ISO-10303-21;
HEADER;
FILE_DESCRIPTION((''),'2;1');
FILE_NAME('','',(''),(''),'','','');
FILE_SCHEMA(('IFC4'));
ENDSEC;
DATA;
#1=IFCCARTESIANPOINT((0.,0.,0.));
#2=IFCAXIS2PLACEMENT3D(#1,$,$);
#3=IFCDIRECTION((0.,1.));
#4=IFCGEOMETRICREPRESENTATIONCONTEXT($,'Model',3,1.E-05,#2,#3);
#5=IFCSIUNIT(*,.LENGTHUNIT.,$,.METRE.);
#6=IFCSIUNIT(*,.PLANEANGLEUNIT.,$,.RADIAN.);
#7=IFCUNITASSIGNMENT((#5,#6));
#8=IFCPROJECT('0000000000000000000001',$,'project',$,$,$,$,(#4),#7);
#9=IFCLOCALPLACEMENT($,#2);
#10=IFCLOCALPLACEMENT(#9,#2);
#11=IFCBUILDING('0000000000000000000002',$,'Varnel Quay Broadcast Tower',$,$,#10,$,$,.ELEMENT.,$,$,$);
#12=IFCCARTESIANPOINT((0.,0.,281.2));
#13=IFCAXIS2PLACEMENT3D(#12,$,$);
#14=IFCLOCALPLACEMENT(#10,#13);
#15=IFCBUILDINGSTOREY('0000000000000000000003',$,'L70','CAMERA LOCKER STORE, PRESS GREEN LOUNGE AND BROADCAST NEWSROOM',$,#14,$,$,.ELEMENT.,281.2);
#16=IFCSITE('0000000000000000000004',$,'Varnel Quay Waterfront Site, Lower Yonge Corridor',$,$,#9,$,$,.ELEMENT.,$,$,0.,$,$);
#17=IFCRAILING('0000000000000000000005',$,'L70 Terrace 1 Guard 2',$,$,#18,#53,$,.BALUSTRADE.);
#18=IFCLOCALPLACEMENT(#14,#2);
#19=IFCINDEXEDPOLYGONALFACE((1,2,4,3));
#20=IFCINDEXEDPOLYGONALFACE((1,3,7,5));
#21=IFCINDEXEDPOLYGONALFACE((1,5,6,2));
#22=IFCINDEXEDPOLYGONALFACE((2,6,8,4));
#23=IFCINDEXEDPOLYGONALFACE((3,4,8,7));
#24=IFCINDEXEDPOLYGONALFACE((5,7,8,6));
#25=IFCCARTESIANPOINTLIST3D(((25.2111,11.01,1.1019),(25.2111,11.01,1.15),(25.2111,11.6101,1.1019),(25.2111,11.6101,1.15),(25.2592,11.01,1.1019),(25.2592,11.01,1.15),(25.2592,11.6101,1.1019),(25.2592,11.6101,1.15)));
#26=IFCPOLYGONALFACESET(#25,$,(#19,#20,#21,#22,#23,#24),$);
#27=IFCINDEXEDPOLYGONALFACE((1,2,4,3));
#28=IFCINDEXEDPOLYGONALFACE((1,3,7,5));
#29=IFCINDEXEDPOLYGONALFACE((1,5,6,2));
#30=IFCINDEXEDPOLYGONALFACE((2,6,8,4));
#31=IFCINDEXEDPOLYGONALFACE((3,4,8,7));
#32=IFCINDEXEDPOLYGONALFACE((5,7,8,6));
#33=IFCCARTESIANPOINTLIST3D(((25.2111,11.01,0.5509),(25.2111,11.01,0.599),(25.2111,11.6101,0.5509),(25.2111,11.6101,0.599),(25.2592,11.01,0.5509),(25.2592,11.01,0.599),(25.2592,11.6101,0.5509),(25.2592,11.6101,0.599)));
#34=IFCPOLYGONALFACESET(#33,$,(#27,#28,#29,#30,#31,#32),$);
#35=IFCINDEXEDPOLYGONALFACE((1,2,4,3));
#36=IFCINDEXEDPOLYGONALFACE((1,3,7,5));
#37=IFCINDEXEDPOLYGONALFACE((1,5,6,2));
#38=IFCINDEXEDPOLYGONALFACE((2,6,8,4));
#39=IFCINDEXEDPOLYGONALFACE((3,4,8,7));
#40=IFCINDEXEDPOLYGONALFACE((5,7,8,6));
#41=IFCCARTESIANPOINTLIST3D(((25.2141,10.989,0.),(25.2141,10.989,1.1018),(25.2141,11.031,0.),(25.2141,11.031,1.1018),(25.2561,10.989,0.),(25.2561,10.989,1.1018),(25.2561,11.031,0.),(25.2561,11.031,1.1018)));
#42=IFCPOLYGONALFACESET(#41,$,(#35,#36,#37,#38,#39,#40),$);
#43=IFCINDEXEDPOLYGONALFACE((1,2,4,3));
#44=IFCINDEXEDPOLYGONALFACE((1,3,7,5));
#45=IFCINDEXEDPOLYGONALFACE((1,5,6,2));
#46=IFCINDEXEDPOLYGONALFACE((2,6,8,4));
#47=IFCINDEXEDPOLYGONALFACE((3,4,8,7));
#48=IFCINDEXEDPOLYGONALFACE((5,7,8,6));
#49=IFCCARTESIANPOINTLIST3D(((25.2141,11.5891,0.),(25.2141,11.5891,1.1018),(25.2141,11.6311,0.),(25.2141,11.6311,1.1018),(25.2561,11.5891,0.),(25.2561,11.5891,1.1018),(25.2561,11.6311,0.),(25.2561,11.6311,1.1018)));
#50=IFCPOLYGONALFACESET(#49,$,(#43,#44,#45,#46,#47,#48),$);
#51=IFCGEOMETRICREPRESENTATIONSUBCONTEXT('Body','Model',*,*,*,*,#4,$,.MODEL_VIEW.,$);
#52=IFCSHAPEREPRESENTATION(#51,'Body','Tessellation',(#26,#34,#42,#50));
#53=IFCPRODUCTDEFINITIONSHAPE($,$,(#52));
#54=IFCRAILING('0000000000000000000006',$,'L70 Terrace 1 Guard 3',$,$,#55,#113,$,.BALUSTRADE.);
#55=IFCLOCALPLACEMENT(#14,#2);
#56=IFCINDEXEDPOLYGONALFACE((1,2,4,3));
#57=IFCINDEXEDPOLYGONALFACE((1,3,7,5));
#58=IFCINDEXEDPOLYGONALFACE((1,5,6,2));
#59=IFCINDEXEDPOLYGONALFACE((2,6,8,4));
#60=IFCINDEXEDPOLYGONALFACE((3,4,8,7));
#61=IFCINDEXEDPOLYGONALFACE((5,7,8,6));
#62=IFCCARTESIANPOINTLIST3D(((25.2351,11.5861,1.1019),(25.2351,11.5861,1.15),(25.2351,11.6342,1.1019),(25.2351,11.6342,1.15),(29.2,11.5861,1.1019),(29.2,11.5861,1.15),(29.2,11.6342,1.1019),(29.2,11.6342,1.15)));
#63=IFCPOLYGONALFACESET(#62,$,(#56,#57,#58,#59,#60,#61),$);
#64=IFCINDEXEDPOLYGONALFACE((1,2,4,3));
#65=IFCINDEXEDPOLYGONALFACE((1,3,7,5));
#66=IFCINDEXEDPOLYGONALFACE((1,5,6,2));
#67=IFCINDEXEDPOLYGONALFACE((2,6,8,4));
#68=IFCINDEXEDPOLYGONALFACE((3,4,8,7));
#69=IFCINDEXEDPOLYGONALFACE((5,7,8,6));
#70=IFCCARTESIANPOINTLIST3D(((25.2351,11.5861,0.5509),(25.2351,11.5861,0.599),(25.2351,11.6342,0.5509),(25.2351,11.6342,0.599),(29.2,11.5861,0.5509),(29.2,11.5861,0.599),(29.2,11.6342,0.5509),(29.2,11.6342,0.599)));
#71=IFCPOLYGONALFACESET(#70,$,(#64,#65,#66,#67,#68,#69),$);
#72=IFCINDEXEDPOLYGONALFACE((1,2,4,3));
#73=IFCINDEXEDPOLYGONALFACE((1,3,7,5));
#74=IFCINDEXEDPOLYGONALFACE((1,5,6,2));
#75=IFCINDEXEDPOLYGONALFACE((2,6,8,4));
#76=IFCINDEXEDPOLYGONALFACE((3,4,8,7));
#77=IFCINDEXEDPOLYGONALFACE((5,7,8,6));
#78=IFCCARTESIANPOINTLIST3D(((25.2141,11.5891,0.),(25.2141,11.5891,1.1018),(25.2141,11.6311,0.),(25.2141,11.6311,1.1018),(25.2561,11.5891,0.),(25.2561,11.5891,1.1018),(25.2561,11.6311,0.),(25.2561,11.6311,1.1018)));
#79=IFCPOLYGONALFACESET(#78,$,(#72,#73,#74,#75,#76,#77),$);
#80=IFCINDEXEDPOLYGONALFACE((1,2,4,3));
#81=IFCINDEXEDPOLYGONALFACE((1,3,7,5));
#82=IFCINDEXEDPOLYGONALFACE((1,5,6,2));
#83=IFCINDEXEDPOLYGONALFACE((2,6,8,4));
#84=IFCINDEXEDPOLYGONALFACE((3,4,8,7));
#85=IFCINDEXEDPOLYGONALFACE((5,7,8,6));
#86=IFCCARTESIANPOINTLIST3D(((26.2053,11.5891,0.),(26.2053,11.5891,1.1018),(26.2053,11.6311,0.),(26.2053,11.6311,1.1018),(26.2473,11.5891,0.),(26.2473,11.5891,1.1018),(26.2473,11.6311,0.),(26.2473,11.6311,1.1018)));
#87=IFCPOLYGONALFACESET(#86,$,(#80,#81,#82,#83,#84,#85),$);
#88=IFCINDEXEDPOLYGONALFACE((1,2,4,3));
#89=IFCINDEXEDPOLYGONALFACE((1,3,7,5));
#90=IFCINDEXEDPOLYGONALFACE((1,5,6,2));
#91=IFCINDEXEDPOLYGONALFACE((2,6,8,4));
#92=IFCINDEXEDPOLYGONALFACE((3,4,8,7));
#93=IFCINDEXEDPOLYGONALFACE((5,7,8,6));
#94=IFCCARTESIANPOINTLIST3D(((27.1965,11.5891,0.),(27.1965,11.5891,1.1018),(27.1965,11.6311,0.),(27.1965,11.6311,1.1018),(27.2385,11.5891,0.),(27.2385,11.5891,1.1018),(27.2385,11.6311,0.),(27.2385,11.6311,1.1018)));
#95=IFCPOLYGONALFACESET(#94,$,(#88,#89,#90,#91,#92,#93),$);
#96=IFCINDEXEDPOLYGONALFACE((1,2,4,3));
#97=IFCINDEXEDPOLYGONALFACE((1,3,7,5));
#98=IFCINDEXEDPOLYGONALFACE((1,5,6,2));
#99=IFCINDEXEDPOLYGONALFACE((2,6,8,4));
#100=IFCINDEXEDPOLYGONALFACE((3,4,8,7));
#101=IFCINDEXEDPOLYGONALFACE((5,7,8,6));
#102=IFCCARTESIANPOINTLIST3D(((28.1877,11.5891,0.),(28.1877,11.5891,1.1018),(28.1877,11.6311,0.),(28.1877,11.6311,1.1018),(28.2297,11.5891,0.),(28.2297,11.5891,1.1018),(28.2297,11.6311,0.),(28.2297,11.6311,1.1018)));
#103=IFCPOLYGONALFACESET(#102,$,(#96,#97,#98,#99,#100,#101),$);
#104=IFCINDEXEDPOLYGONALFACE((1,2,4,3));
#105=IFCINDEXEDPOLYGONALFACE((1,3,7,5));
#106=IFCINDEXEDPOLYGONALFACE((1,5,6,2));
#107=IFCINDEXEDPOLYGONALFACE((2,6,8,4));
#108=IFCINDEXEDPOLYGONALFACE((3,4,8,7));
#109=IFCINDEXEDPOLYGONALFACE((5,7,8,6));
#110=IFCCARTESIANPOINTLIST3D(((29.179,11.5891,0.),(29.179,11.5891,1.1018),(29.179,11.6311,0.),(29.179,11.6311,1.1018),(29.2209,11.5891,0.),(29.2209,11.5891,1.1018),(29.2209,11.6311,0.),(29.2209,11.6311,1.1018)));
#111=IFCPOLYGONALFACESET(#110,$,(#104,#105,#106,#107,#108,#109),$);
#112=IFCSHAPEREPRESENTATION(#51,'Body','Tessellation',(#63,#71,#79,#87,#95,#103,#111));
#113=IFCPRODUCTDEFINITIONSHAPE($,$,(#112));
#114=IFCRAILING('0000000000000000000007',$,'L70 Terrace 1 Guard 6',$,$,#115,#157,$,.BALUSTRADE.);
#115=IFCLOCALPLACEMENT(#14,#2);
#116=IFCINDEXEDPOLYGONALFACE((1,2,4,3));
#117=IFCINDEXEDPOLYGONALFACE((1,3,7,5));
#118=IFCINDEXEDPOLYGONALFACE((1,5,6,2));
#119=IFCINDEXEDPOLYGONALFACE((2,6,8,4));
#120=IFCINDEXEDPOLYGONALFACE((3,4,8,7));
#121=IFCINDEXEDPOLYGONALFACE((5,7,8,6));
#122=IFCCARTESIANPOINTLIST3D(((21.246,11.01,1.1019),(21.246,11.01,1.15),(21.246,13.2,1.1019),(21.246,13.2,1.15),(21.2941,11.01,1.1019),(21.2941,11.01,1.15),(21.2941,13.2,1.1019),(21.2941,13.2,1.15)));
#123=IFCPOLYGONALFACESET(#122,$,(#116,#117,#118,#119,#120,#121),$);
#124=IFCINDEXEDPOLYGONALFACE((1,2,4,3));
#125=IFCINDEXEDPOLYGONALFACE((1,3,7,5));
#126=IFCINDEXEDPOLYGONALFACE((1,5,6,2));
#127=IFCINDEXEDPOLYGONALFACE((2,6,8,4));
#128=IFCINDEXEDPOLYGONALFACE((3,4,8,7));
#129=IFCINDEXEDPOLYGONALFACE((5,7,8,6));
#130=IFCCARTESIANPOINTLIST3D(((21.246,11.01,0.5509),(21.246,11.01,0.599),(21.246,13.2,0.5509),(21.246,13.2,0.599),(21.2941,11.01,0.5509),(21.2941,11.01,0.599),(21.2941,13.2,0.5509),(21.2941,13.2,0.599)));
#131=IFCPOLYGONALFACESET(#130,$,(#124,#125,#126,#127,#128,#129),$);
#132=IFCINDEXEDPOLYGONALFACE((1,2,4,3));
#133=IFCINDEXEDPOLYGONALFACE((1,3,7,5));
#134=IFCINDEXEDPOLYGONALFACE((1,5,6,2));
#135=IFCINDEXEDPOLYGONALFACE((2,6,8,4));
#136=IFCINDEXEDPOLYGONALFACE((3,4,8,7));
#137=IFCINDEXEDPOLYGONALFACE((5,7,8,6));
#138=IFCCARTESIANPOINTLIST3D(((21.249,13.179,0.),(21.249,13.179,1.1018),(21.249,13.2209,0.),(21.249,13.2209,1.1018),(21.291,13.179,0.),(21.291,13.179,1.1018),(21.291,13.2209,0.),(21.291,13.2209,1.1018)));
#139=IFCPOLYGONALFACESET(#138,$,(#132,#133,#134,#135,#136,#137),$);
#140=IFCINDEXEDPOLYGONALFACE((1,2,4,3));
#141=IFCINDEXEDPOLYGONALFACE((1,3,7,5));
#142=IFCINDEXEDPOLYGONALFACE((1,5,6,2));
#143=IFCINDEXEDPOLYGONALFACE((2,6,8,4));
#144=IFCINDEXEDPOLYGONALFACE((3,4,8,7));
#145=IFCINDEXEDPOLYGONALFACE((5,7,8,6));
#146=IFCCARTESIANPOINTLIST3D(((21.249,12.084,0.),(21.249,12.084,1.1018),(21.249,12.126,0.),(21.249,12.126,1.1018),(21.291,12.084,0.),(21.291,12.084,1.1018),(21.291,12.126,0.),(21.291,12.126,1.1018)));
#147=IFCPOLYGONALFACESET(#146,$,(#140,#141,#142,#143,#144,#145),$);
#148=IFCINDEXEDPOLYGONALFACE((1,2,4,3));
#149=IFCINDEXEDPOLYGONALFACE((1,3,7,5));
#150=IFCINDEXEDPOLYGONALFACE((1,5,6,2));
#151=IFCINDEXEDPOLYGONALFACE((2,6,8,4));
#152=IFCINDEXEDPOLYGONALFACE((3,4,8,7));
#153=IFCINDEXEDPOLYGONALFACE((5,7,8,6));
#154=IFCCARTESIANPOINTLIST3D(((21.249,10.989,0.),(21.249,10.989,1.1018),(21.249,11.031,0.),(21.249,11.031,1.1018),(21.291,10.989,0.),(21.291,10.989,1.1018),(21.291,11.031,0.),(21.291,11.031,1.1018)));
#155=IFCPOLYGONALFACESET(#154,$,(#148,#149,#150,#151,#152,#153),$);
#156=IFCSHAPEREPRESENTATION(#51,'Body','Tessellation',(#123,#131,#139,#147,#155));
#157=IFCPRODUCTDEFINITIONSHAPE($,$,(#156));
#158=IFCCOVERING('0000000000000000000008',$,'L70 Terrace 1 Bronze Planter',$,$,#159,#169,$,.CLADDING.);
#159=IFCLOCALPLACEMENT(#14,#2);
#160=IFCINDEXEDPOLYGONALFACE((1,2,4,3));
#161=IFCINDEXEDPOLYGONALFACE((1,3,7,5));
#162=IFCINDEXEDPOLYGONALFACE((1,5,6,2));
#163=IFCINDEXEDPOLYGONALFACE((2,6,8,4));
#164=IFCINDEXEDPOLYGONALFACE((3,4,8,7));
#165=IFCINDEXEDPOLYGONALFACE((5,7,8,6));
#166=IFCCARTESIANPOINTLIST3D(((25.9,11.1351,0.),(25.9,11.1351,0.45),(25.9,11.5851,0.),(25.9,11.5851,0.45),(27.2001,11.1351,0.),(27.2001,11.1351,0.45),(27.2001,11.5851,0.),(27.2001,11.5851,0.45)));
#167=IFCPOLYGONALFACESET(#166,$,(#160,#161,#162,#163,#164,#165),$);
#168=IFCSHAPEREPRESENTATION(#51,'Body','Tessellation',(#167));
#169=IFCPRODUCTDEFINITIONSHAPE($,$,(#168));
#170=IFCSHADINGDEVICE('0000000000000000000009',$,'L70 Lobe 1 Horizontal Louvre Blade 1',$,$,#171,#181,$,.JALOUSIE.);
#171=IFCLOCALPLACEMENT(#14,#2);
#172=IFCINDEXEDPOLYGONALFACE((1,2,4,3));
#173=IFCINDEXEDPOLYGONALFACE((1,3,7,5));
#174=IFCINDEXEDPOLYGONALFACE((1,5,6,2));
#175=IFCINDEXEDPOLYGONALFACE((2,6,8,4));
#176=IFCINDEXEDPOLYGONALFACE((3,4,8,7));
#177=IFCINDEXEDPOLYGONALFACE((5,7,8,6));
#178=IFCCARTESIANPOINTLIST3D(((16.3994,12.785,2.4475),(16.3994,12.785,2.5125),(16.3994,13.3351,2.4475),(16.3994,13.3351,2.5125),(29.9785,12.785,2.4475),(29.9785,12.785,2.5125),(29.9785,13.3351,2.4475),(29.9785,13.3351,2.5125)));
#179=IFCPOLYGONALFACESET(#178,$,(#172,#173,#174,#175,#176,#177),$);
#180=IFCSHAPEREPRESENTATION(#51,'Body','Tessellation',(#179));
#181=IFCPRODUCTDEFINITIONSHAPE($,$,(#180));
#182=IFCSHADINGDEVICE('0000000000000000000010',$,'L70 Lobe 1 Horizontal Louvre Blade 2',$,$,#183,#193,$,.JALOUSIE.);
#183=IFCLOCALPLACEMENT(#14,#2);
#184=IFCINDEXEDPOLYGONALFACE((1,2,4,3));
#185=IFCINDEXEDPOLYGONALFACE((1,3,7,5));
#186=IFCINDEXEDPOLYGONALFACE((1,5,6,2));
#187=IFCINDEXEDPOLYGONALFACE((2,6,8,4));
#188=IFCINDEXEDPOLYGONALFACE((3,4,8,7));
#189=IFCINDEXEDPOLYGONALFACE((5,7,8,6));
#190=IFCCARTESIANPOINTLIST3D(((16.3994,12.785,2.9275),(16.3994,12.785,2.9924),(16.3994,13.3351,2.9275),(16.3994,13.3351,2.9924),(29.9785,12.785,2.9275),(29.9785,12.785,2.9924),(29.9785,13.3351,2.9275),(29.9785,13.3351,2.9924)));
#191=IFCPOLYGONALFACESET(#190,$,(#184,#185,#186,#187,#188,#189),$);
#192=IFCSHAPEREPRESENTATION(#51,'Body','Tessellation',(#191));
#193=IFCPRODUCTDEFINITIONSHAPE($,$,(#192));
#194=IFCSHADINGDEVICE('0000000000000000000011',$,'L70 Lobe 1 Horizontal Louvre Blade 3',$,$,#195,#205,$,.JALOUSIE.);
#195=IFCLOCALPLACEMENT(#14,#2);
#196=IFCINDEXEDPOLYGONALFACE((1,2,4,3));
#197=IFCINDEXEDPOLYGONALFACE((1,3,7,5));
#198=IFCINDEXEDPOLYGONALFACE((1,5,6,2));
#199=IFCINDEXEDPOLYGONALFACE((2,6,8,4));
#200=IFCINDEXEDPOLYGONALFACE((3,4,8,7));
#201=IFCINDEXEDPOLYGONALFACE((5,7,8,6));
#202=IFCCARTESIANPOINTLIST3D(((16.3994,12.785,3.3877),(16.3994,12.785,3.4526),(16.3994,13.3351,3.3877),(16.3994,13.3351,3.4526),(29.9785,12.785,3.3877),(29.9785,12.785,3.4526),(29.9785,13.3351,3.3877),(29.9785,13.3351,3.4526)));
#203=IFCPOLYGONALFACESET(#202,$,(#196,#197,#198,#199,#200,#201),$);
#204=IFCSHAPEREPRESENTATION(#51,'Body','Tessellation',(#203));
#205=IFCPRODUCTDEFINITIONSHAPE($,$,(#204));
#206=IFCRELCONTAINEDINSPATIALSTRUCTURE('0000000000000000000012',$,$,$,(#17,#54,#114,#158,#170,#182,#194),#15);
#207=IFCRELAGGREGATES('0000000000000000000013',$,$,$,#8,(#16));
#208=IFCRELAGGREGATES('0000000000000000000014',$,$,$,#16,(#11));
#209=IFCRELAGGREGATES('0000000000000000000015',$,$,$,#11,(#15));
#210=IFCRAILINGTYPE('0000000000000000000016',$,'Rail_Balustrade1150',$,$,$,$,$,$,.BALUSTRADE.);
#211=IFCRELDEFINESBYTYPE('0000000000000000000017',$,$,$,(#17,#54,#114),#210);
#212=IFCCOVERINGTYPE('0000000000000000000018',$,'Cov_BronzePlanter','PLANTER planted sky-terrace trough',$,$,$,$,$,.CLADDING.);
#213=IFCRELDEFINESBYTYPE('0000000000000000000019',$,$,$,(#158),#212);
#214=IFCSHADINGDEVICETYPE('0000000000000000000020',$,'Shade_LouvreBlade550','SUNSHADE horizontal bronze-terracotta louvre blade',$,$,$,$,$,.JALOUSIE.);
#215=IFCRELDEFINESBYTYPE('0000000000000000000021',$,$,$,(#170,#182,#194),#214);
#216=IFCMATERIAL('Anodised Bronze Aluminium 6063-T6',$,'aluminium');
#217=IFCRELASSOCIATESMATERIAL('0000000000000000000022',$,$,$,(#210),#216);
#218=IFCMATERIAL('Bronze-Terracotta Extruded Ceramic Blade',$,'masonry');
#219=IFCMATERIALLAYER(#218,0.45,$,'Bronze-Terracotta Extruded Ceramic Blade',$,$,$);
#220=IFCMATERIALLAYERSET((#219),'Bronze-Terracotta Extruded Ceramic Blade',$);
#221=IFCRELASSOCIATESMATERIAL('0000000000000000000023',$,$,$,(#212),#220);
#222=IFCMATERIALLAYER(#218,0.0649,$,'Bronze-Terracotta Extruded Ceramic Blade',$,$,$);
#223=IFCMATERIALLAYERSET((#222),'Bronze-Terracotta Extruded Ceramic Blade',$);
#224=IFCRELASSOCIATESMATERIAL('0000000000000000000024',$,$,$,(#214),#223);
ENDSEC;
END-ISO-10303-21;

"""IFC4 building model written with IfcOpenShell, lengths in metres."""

from ifc_helpers import new_model, si_unit, direction, frame, origin, origin_2d, place, context, subcontext, project, spatial, rectangle, extrude, source, transform, mapped, material, layer, layer_set, type_object, type_shapes, element, save


model = new_model("IFC4")

# Units and contexts
model_context = context("Model", 3, precision=1e-05, world=origin(), true_north=direction((0.0, 1.0)))
body_context = subcontext(model_context, "Body", "Model", "MODEL_VIEW")
ifc_project = project(units=[si_unit("LENGTHUNIT", "METRE"), si_unit("PLANEANGLEUNIT", "RADIAN")], contexts=[model_context])

# Site, building, storey
site_placement = place(None, origin())
site = spatial("IfcSite", under=ifc_project, at=site_placement, Name="Varnel Quay Waterfront Site, Lower Yonge Corridor", CompositionType="ELEMENT", RefElevation=0.0)
building_placement = place(site_placement, origin())
building = spatial("IfcBuilding", under=site, at=building_placement, Name="Varnel Quay Broadcast Tower", CompositionType="ELEMENT")
storey_placement = place(building_placement, frame((0.0, 0.0, 281.2)))
storey = spatial("IfcBuildingStorey", under=building, at=storey_placement, Name="L70", Description="CAMERA LOCKER STORE, PRESS GREEN LOUNGE AND BROADCAST NEWSROOM", CompositionType="ELEMENT", Elevation=281.2)

# Shared definitions
ifc_material_1 = material(Name="Anodised Bronze Aluminium 6063-T6", Category="aluminium")

# Railings
railing_type = type_object("IfcRailingType", Name="Rail_Balustrade1150", PredefinedType="BALUSTRADE", material=ifc_material_1)
railing_1_placement = place(storey_placement, frame((25.2351, 11.01, 0.0)))
element("IfcRailing", 1, at=railing_1_placement, inside=storey, type_object=railing_type, Name="L70 Terrace 1 Guard 2", PredefinedType="BALUSTRADE", context=body_context, shape_type="SweptSolid", body=[
    extrude(rectangle(XDim=0.0481, YDim=0.0481, at=origin_2d()), frame((0.0, 0.0, 1.126), z_axis=(0.0, 1.0, 0.0), x_axis=(-1.0, 0.0, 0.0)), (0.0, 0.0, 1.0), 0.6001),
    extrude(rectangle(XDim=0.0481, YDim=0.0481, at=origin_2d()), frame((0.0, 0.0, 0.575), z_axis=(0.0, 1.0, 0.0), x_axis=(-1.0, 0.0, 0.0)), (0.0, 0.0, 1.0), 0.6001),
    extrude(rectangle(XDim=0.042, YDim=0.042, at=origin_2d()), origin(), (0.0, 0.0, 1.0), 1.1018),
    extrude(rectangle(XDim=0.042, YDim=0.042, at=origin_2d()), frame((0.0, 0.6001, 0.0)), (0.0, 0.0, 1.0), 1.1018),
])
railing_2_placement = place(storey_placement, frame((25.2351, 11.6101, 0.0)))
element("IfcRailing", 2, at=railing_2_placement, inside=storey, type_object=railing_type, Name="L70 Terrace 1 Guard 3", PredefinedType="BALUSTRADE", context=body_context, shape_type="SweptSolid", body=[
    extrude(rectangle(XDim=0.0481, YDim=0.0481, at=origin_2d()), frame((0.0, 0.0, 1.126), z_axis=(1.0, 0.0, 0.0), x_axis=(0.0, 1.0, 0.0)), (0.0, 0.0, 1.0), 3.9648),
    extrude(rectangle(XDim=0.0481, YDim=0.0481, at=origin_2d()), frame((0.0, 0.0, 0.575), z_axis=(1.0, 0.0, 0.0), x_axis=(0.0, 1.0, 0.0)), (0.0, 0.0, 1.0), 3.9648),
    extrude(rectangle(XDim=0.042, YDim=0.042, at=origin_2d()), origin(), (0.0, 0.0, 1.0), 1.1018),
    extrude(rectangle(XDim=0.042, YDim=0.042, at=origin_2d()), frame((0.9912, 0.0, 0.0)), (0.0, 0.0, 1.0), 1.1018),
    extrude(rectangle(XDim=0.042, YDim=0.042, at=origin_2d()), frame((1.9824, 0.0, 0.0)), (0.0, 0.0, 1.0), 1.1018),
    extrude(rectangle(XDim=0.042, YDim=0.042, at=origin_2d()), frame((2.9736, 0.0, 0.0)), (0.0, 0.0, 1.0), 1.1018),
    extrude(rectangle(XDim=0.042, YDim=0.042, at=origin_2d()), frame((3.9648, 0.0, 0.0)), (0.0, 0.0, 1.0), 1.1018),
])
railing_3_placement = place(storey_placement, frame((21.27, 13.2, 0.0)))
element("IfcRailing", 3, at=railing_3_placement, inside=storey, type_object=railing_type, Name="L70 Terrace 1 Guard 6", PredefinedType="BALUSTRADE", context=body_context, shape_type="SweptSolid", body=[
    extrude(rectangle(XDim=0.0481, YDim=0.0481, at=origin_2d()), frame((0.0, 0.0, 1.126), z_axis=(0.0, -1.0, 0.0), x_axis=(1.0, 0.0, 0.0)), (0.0, 0.0, 1.0), 2.1899),
    extrude(rectangle(XDim=0.0481, YDim=0.0481, at=origin_2d()), frame((0.0, 0.0, 0.575), z_axis=(0.0, -1.0, 0.0), x_axis=(1.0, 0.0, 0.0)), (0.0, 0.0, 1.0), 2.1899),
    extrude(rectangle(XDim=0.042, YDim=0.042, at=origin_2d()), origin(), (0.0, 0.0, 1.0), 1.1018),
    extrude(rectangle(XDim=0.042, YDim=0.042, at=origin_2d()), frame((0.0, -1.095, 0.0)), (0.0, 0.0, 1.0), 1.1018),
    extrude(rectangle(XDim=0.042, YDim=0.042, at=origin_2d()), frame((0.0, -2.1899, 0.0)), (0.0, 0.0, 1.0), 1.1018),
])

# Covering
ifc_material_2 = material(Name="Bronze-Terracotta Extruded Ceramic Blade", Category="masonry")
ifc_layer_1 = layer(ifc_material_2, 0.45, Name="Bronze-Terracotta Extruded Ceramic Blade")
ifc_layer_set_1 = layer_set([ifc_layer_1], Name="Bronze-Terracotta Extruded Ceramic Blade")
covering_type = type_object("IfcCoveringType", Name="Cov_BronzePlanter", Description="PLANTER planted sky-terrace trough", PredefinedType="CLADDING", material=ifc_layer_set_1)
shared_shape_1 = source(origin(), body_context, "Body", "SweptSolid", [
    extrude(rectangle(XDim=1.3, YDim=0.45, at=origin_2d()), origin(), (0.0, 0.0, 1.0), 0.45),
])
type_shapes(covering_type, [shared_shape_1])
covering_placement = place(storey_placement, frame((26.55, 11.3601, 0.0), z_axis=(0.0, 0.0, 1.0), x_axis=(1.0, 0.0, 0.0)))
element("IfcCovering", 4, at=covering_placement, inside=storey, type_object=covering_type, Name="L70 Terrace 1 Bronze Planter", PredefinedType="CLADDING", context=body_context, shape_type="MappedRepresentation", body=[
    mapped(shared_shape_1, transform((0.0, 0.0, 0.0), x_axis=(1.0, 0.0, 0.0), y_axis=(0.0, 1.0, 0.0), z_axis=(0.0, 0.0, 1.0), scale=1.0)),
])

# Shading devices
ifc_layer_2 = layer(ifc_material_2, 0.0649, Name="Bronze-Terracotta Extruded Ceramic Blade")
ifc_layer_set_2 = layer_set([ifc_layer_2], Name="Bronze-Terracotta Extruded Ceramic Blade")
shading_device_type = type_object("IfcShadingDeviceType", Name="Shade_LouvreBlade550", Description="SUNSHADE horizontal bronze-terracotta louvre blade", PredefinedType="JALOUSIE", material=ifc_layer_set_2)
shared_shape_2 = source(origin(), body_context, "Body", "SweptSolid", [
    extrude(rectangle(XDim=13.5791, YDim=0.55, at=origin_2d()), origin(), (0.0, 0.0, 1.0), 0.0649),
])
type_shapes(shading_device_type, [shared_shape_2])
for number, where, z_axis, x_axis, name in (
    (5, (23.189, 13.0601, 2.4475), (0.0, 0.0, 1.0), (1.0, 0.0, 0.0), "L70 Lobe 1 Horizontal Louvre Blade 1"),
    (6, (23.189, 13.0601, 2.9275), (0.0, 0.0, 1.0), (1.0, 0.0, 0.0), "L70 Lobe 1 Horizontal Louvre Blade 2"),
    (7, (23.189, 13.0601, 3.3877), (0.0, 0.0, 1.0), (1.0, 0.0, 0.0), "L70 Lobe 1 Horizontal Louvre Blade 3"),
):
    element("IfcShadingDevice", number, at=place(storey_placement, frame(where, z_axis=z_axis, x_axis=x_axis)), inside=storey, type_object=shading_device_type, Name=name, PredefinedType="JALOUSIE", context=body_context, shape_type="MappedRepresentation", body=[
        mapped(shared_shape_2, transform((0.0, 0.0, 0.0), x_axis=(1.0, 0.0, 0.0), y_axis=(0.0, 1.0, 0.0), z_axis=(0.0, 0.0, 1.0), scale=1.0)),
    ])

save(model, "model.ifc")
